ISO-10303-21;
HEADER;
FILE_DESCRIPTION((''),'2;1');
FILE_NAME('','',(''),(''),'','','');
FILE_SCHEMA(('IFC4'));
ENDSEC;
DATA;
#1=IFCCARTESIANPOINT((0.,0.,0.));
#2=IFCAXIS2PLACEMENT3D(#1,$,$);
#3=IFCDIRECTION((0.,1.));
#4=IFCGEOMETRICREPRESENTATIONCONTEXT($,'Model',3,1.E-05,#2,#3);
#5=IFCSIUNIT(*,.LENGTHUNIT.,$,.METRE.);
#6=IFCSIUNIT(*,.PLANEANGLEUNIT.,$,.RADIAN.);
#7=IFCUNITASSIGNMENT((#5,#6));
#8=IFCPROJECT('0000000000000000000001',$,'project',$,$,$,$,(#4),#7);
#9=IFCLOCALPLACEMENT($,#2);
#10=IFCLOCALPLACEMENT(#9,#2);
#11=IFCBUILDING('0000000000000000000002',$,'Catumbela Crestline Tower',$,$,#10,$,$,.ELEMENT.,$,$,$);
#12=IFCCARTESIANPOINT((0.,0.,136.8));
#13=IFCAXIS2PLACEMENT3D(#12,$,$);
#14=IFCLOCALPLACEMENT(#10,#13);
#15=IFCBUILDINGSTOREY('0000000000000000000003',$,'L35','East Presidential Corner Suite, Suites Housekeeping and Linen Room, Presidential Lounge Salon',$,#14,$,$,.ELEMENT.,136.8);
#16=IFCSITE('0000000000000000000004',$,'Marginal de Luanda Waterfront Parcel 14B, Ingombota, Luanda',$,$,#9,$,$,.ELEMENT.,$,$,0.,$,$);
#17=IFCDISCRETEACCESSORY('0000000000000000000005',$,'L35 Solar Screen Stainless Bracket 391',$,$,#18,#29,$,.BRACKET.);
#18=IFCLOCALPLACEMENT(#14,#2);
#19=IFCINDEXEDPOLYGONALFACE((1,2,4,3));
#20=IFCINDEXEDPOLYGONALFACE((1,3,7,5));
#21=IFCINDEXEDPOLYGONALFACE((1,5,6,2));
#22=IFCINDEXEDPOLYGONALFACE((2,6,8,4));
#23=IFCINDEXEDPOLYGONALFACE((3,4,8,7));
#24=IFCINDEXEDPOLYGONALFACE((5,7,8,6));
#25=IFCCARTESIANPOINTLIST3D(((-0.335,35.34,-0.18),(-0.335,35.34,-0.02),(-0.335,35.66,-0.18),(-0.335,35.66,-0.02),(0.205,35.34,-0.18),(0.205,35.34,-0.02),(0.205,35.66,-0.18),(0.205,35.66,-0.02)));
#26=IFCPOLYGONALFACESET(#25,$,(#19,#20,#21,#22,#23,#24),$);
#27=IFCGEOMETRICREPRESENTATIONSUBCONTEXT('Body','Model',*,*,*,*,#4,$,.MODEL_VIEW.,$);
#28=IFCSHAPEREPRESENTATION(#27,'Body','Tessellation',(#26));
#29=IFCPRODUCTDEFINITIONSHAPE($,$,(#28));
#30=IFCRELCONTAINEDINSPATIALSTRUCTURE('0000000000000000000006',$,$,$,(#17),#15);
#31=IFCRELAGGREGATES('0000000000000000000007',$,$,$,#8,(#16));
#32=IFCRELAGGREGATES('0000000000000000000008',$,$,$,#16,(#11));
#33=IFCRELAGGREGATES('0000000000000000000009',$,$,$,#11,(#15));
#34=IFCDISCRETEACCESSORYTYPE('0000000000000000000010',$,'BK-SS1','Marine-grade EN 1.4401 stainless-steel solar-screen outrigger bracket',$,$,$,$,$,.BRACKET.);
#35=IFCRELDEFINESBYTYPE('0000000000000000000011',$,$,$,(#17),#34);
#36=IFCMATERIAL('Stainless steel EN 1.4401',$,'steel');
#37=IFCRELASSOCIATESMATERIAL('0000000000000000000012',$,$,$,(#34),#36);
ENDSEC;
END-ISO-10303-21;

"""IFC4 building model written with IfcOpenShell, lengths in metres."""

from ifc_helpers import new_model, si_unit, direction, frame, origin, origin_2d, place, context, subcontext, project, spatial, rectangle, extrude, material, type_object, element, save


model = new_model("IFC4")

# Units and contexts
model_context = context("Model", 3, precision=1e-05, world=origin(), true_north=direction((0.0, 1.0)))
body_context = subcontext(model_context, "Body", "Model", "MODEL_VIEW")
ifc_project = project(units=[si_unit("LENGTHUNIT", "METRE"), si_unit("PLANEANGLEUNIT", "RADIAN")], contexts=[model_context])

# Site, building, storey
site_placement = place(None, origin())
site = spatial("IfcSite", under=ifc_project, at=site_placement, Name="Marginal de Luanda Waterfront Parcel 14B, Ingombota, Luanda", CompositionType="ELEMENT", RefElevation=0.0)
building_placement = place(site_placement, origin())
building = spatial("IfcBuilding", under=site, at=building_placement, Name="Catumbela Crestline Tower", CompositionType="ELEMENT")
storey_placement = place(building_placement, frame((0.0, 0.0, 136.8)))
storey = spatial("IfcBuildingStorey", under=building, at=storey_placement, Name="L35", Description="East Presidential Corner Suite, Suites Housekeeping and Linen Room, Presidential Lounge Salon", CompositionType="ELEMENT", Elevation=136.8)

# Discrete accessory
ifc_material_1 = material(Name="Stainless steel EN 1.4401", Category="steel")
discrete_accessory_type = type_object("IfcDiscreteAccessoryType", Name="BK-SS1", Description="Marine-grade EN 1.4401 stainless-steel solar-screen outrigger bracket", PredefinedType="BRACKET", material=ifc_material_1)
discrete_accessory_placement = place(storey_placement, frame((-0.065, 35.5, -0.18), z_axis=(0.0, 0.0, 1.0), x_axis=(0.0, -1.0, 0.0)))
element("IfcDiscreteAccessory", 1, at=discrete_accessory_placement, inside=storey, type_object=discrete_accessory_type, Name="L35 Solar Screen Stainless Bracket 391", PredefinedType="BRACKET", context=body_context, shape_type="SweptSolid", body=[
    extrude(rectangle(XDim=0.32, YDim=0.54, at=origin_2d()), origin(), (0.0, 0.0, 1.0), 0.16),
])

save(model, "model.ifc")
